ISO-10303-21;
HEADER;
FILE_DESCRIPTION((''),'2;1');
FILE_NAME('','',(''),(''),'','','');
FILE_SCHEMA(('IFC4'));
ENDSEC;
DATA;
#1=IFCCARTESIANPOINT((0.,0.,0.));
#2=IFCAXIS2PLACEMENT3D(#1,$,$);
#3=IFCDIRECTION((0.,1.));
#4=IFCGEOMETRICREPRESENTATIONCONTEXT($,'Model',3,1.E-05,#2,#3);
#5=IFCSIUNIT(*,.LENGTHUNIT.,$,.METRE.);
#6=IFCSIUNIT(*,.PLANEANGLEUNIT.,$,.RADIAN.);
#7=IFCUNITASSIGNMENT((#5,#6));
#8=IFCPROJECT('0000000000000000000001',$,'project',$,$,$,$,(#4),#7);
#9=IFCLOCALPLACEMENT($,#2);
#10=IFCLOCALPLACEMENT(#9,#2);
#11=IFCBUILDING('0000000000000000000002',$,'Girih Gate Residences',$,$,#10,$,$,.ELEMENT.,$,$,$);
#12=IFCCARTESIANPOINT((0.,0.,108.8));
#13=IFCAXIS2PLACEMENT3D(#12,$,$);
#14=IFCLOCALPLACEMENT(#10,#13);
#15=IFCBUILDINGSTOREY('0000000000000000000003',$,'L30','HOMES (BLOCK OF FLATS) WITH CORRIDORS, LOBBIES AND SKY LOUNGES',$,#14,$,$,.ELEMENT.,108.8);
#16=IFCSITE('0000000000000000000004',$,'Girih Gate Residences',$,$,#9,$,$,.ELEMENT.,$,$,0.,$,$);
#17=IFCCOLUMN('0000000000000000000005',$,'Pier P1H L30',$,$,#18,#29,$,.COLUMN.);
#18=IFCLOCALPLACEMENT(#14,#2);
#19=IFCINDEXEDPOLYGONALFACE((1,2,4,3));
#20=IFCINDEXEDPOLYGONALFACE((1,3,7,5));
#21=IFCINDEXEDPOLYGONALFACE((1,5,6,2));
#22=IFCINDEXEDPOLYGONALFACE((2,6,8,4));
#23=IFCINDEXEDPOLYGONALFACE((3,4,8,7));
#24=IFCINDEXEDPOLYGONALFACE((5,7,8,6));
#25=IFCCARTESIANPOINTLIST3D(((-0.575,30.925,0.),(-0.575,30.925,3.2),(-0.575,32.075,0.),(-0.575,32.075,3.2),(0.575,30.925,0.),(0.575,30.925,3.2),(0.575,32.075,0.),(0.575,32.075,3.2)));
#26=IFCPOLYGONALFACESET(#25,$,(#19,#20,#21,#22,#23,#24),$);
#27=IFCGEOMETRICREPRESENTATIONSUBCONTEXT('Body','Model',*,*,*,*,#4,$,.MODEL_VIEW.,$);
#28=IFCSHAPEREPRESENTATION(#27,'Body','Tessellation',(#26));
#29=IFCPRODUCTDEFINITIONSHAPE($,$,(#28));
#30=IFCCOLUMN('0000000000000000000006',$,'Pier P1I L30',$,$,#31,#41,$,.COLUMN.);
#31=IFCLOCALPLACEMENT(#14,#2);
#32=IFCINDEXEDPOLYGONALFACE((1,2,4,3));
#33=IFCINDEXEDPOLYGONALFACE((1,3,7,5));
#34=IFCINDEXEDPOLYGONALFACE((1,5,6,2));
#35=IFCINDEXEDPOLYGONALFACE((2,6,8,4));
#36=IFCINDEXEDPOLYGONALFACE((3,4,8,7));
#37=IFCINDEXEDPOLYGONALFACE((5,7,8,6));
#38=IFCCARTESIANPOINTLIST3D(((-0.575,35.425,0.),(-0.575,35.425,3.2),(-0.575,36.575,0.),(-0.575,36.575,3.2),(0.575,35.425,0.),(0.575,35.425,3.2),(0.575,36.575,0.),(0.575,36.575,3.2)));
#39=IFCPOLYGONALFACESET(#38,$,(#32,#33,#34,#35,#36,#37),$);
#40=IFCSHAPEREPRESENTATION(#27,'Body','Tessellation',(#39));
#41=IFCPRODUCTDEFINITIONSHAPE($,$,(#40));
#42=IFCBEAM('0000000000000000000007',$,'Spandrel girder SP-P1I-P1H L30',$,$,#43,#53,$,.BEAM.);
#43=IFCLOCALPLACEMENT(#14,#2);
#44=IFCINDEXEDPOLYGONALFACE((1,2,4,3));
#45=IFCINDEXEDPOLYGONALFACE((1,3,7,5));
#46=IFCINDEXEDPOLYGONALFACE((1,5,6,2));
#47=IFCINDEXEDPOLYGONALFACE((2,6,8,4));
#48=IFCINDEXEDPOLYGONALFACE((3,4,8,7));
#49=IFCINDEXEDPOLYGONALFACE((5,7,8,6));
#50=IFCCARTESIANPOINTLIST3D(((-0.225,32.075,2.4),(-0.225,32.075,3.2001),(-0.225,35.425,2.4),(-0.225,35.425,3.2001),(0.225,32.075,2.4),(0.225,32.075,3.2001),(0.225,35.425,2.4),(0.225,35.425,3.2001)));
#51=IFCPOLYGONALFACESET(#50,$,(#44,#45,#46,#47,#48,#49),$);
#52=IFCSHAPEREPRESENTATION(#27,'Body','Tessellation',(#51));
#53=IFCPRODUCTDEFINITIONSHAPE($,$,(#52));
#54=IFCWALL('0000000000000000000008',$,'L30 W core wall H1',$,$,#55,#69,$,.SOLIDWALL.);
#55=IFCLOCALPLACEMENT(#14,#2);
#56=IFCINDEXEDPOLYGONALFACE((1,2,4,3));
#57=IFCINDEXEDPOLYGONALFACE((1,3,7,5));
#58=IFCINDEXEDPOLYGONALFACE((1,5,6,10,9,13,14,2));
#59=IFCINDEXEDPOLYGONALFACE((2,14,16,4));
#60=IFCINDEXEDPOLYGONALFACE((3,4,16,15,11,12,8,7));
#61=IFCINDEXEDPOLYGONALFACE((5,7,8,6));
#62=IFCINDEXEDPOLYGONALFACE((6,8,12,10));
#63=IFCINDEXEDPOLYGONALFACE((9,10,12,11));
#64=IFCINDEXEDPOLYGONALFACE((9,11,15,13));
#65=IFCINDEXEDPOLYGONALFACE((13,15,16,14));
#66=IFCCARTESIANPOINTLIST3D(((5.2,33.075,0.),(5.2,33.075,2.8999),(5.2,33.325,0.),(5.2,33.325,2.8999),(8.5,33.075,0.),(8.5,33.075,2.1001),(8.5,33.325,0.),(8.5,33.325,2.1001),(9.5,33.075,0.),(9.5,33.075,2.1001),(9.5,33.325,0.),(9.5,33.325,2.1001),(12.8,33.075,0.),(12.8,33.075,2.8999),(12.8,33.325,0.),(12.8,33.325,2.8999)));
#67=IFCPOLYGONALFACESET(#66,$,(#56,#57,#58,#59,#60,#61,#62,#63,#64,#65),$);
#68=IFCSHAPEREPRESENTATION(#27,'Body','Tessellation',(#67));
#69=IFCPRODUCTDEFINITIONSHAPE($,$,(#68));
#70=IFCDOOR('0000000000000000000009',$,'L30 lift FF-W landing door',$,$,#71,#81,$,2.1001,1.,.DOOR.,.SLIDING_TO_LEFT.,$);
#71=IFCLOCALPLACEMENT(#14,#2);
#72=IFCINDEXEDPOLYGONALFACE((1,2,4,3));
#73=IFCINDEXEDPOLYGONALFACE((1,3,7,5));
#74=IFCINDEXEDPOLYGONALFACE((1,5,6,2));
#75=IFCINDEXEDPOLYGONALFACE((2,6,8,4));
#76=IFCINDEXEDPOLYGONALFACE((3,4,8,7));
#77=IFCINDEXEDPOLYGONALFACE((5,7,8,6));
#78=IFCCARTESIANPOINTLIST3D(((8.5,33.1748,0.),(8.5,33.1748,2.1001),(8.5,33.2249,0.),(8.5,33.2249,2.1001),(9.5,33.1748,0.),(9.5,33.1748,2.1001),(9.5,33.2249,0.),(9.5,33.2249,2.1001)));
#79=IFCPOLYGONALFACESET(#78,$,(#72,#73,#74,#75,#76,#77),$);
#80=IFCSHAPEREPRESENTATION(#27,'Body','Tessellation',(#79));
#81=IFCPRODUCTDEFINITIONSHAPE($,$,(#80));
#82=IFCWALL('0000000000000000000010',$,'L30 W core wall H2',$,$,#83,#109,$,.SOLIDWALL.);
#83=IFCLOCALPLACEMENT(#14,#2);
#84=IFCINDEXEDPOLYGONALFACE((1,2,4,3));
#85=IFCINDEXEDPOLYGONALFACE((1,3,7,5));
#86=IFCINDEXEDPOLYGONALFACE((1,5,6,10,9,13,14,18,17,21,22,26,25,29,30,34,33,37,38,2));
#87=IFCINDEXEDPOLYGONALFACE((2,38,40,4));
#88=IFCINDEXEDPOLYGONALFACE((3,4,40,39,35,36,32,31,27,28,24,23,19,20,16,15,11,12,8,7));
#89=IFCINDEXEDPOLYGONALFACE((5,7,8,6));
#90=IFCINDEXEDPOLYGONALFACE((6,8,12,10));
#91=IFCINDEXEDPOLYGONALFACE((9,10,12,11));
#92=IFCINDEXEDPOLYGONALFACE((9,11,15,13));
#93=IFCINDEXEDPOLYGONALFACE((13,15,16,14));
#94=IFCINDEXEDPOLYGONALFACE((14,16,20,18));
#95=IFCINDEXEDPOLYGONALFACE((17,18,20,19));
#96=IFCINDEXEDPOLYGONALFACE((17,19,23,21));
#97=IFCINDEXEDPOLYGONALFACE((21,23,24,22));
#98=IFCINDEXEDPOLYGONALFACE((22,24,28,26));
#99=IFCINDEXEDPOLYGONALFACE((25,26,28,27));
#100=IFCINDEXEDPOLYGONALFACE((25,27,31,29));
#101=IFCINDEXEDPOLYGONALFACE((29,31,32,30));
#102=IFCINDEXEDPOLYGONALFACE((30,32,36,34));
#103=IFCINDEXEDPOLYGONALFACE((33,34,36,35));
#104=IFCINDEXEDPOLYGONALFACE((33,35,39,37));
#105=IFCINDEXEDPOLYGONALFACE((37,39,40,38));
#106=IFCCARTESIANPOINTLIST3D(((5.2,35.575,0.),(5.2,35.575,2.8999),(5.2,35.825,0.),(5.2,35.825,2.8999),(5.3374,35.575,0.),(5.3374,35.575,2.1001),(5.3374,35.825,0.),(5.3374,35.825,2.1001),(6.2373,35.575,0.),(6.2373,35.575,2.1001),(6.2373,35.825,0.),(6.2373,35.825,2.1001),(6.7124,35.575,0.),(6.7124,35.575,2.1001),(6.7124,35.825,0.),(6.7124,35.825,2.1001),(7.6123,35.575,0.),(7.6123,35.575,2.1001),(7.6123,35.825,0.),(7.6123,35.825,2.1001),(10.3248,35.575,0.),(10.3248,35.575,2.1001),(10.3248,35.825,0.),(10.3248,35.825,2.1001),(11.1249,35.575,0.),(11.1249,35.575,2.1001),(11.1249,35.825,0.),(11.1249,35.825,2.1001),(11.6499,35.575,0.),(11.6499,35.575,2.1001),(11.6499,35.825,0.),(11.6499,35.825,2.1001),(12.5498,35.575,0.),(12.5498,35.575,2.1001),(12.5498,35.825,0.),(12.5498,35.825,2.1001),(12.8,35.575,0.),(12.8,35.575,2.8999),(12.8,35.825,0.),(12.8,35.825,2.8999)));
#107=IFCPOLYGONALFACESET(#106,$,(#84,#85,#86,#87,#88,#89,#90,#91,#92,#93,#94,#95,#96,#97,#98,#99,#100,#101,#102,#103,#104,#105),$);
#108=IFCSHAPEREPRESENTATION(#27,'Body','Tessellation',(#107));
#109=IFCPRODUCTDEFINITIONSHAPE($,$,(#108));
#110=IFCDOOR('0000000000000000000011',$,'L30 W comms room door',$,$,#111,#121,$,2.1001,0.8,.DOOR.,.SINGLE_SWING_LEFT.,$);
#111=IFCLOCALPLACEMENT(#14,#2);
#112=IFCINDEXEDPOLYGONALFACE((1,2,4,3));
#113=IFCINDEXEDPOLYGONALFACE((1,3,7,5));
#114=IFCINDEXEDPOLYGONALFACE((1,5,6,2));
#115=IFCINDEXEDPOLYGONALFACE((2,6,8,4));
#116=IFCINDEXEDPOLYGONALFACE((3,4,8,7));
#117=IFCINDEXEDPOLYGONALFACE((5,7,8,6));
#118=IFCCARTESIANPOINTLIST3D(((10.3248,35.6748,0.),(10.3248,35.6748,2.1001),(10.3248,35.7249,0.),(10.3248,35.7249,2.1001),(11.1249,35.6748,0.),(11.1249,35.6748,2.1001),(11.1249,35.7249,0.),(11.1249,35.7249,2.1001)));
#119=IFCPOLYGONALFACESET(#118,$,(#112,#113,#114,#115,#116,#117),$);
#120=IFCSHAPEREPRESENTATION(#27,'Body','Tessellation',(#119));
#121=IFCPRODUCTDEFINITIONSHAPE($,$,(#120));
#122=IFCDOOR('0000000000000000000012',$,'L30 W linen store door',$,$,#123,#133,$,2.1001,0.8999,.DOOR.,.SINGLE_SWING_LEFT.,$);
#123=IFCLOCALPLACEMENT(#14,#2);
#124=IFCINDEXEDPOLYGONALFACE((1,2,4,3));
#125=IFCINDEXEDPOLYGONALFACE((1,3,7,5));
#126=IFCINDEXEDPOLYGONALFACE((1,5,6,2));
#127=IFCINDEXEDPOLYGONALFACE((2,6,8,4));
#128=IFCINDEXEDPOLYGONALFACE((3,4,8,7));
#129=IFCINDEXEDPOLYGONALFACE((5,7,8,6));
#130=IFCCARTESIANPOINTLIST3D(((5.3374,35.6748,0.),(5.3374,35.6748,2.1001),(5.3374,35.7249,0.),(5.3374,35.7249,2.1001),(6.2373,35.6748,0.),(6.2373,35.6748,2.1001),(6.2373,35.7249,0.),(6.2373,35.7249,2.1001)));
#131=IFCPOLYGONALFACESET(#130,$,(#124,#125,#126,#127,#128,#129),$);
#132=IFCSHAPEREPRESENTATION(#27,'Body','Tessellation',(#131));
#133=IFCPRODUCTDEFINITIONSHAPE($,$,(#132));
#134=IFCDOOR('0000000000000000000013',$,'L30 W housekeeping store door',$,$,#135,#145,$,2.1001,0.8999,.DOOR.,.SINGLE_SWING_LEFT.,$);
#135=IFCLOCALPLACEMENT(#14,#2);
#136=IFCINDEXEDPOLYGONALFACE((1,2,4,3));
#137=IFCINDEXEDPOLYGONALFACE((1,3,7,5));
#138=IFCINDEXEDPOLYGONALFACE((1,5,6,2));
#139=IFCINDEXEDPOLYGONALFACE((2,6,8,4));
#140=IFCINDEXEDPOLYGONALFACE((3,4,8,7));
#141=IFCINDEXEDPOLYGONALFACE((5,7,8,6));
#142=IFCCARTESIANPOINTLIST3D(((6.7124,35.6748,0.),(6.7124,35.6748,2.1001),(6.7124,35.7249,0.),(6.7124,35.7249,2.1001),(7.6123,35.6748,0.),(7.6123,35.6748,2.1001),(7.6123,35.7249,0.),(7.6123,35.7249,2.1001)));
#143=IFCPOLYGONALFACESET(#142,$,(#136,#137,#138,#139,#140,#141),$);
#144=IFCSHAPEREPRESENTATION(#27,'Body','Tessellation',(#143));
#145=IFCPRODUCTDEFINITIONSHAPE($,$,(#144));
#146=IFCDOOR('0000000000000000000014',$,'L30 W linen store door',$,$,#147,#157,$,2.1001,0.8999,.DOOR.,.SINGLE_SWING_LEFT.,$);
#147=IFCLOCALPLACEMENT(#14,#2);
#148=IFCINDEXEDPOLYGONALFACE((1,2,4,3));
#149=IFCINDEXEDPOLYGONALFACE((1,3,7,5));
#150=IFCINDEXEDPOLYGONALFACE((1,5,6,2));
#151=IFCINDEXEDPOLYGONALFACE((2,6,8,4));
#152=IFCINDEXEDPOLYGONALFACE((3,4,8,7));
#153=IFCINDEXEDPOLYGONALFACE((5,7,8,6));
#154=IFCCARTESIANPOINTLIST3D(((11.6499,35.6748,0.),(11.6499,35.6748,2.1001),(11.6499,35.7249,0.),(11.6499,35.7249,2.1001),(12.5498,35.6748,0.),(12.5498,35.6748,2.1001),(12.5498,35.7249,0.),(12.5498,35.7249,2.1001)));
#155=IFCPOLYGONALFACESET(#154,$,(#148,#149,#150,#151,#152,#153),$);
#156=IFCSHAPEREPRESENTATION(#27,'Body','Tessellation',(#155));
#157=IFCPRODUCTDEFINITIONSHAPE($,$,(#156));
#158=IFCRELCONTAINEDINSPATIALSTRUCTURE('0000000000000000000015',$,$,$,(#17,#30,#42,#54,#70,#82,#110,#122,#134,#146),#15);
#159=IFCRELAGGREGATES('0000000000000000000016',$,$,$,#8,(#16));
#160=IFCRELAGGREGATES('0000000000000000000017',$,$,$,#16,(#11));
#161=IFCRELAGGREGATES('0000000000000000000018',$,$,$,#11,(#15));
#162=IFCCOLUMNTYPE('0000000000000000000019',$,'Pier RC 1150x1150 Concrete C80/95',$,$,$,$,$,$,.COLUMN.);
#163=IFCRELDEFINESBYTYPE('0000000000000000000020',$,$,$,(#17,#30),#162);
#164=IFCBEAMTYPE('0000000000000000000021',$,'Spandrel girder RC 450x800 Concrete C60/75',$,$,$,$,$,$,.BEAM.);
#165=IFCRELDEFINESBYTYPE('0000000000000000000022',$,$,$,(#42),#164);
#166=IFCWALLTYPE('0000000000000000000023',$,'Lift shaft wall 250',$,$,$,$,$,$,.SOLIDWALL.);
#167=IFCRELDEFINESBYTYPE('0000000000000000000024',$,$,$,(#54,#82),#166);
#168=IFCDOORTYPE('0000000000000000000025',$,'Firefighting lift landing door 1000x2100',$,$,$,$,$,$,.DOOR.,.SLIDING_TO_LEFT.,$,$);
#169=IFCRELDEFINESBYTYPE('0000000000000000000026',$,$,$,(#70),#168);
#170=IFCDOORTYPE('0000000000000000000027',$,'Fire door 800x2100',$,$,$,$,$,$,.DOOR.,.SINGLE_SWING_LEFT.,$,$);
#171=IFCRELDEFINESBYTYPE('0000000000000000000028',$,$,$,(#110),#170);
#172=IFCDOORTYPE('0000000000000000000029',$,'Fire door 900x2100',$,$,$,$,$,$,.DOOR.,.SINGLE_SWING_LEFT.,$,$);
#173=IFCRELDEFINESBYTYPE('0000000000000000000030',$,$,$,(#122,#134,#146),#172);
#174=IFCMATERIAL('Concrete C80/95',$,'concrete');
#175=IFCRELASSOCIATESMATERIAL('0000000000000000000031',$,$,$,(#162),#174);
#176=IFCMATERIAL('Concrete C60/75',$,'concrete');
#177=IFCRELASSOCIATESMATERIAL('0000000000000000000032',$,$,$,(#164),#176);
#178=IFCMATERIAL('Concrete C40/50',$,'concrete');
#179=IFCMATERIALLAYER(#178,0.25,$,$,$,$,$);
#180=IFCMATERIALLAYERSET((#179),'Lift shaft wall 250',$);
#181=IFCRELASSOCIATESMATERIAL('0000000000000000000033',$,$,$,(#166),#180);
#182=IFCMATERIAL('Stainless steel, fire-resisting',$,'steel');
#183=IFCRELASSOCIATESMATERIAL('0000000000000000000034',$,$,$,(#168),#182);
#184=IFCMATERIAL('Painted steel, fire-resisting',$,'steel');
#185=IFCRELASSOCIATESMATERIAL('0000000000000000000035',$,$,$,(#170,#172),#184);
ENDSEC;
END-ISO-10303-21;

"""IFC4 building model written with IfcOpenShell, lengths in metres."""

from ifc_helpers import new_model, si_unit, direction, frame, frame_2d, origin, origin_2d, place, context, subcontext, project, spatial, rectangle, extrude, material, layer, layer_set, material_profile, profile_set, type_object, element, fill, save


model = new_model("IFC4")

# Units and contexts
model_context = context("Model", 3, precision=1e-05, world=origin(), true_north=direction((0.0, 1.0)))
body_context = subcontext(model_context, "Body", "Model", "MODEL_VIEW")
ifc_project = project(units=[si_unit("LENGTHUNIT", "METRE"), si_unit("PLANEANGLEUNIT", "RADIAN")], contexts=[model_context])

# Site, building, storey
site_placement = place(None, origin())
site = spatial("IfcSite", under=ifc_project, at=site_placement, Name="Girih Gate Residences", CompositionType="ELEMENT", RefElevation=0.0)
building_placement = place(site_placement, origin())
building = spatial("IfcBuilding", under=site, at=building_placement, Name="Girih Gate Residences", CompositionType="ELEMENT")
storey_placement = place(building_placement, frame((0.0, 0.0, 108.8)))
storey = spatial("IfcBuildingStorey", under=building, at=storey_placement, Name="L30", Description="HOMES (BLOCK OF FLATS) WITH CORRIDORS, LOBBIES AND SKY LOUNGES", CompositionType="ELEMENT", Elevation=108.8)

# Columns
ifc_material_1 = material(Name="Concrete C80/95", Category="concrete")
ifc_material_profile_1 = material_profile(ifc_material_1, rectangle(XDim=1.1499, YDim=1.1499, at=origin_2d()))
ifc_profile_set_1 = profile_set([ifc_material_profile_1], Name="Concrete C80/95")
column_type = type_object("IfcColumnType", Name="Pier RC 1150x1150 Concrete C80/95", PredefinedType="COLUMN", material=ifc_profile_set_1)
for number, where, z_axis, x_axis, name in (
    (1, (0.0, 31.5, 0.0), (0.0, 0.0, 1.0), (1.0, 0.0, 0.0), "Pier P1H L30"),
    (2, (0.0, 36.0, 0.0), (0.0, 0.0, 1.0), (1.0, 0.0, 0.0), "Pier P1I L30"),
):
    element("IfcColumn", number, at=place(storey_placement, frame(where, z_axis=z_axis, x_axis=x_axis)), inside=storey, type_object=column_type, Name=name, PredefinedType="COLUMN", context=body_context, shape_type="SweptSolid", body=[
        extrude(rectangle(XDim=1.1499, YDim=1.1499, at=origin_2d()), origin(), (0.0, 0.0, 1.0), 3.2),
    ])

# Beam
ifc_material_2 = material(Name="Concrete C60/75", Category="concrete")
ifc_material_profile_2 = material_profile(ifc_material_2, rectangle(XDim=0.45, YDim=0.8, at=origin_2d()))
ifc_profile_set_2 = profile_set([ifc_material_profile_2], Name="Concrete C60/75")
beam_type = type_object("IfcBeamType", Name="Spandrel girder RC 450x800 Concrete C60/75", PredefinedType="BEAM", material=ifc_profile_set_2)
beam_placement = place(storey_placement, frame((0.0, 35.425, 2.8), z_axis=(0.0, -1.0, 0.0), x_axis=(1.0, 0.0, 0.0)))
element("IfcBeam", 3, at=beam_placement, inside=storey, type_object=beam_type, Name="Spandrel girder SP-P1I-P1H L30", PredefinedType="BEAM", context=body_context, shape_type="SweptSolid", body=[
    extrude(rectangle(XDim=0.45, YDim=0.8, at=origin_2d()), origin(), (0.0, 0.0, 1.0), 3.3501),
])

# Wall, opening, door
ifc_material_3 = material(Name="Concrete C40/50", Category="concrete")
ifc_layer_1 = layer(ifc_material_3, 0.25)
ifc_layer_set_1 = layer_set([ifc_layer_1], Name="Lift shaft wall 250")
wall_type_1 = type_object("IfcWallType", Name="Lift shaft wall 250", PredefinedType="SOLIDWALL", material=ifc_layer_set_1)
wall_1_placement = place(storey_placement, frame((5.2, 33.2, 0.0), z_axis=(0.0, 0.0, 1.0), x_axis=(1.0, 0.0, 0.0)))
wall_1 = element("IfcWall", 4, at=wall_1_placement, inside=storey, type_object=wall_type_1, Name="L30 W core wall H1", PredefinedType="SOLIDWALL", context=body_context, shape_type="SweptSolid", body=[
    extrude(rectangle(XDim=7.6001, YDim=0.25, at=frame_2d((3.8, 0.0))), origin(), (0.0, 0.0, 1.0), 2.8999),
])
opening_1_placement = place(wall_1_placement, frame((3.3, 0.0, 0.0)))
opening_1 = element("IfcOpeningElement", 5, at=opening_1_placement, cuts=wall_1, PredefinedType="OPENING", context=body_context, shape_type="SweptSolid", body=[
    extrude(rectangle(XDim=1.0, YDim=2.1001, at=frame_2d((0.5, 1.05))), frame((0.0, 0.135, 0.0), z_axis=(0.0, -1.0, 0.0), x_axis=(1.0, 0.0, 0.0)), (0.0, 0.0, 1.0), 0.27),
])
ifc_material_4 = material(Name="Stainless steel, fire-resisting", Category="steel")
door_type_1 = type_object("IfcDoorType", Name="Firefighting lift landing door 1000x2100", OperationType="SLIDING_TO_LEFT", PredefinedType="DOOR", material=ifc_material_4)
door_1_placement = place(opening_1_placement, origin())
door_1 = element("IfcDoor", 6, at=door_1_placement, inside=storey, type_object=door_type_1, Name="L30 lift FF-W landing door", OperationType="SLIDING_TO_LEFT", OverallHeight=2.1001, OverallWidth=1.0, PredefinedType="DOOR", context=body_context, shape_type="SweptSolid", body=[
    extrude(rectangle(XDim=1.0, YDim=2.1001, at=frame_2d((0.5, 1.05))), frame((0.0, 0.0249, 0.0), z_axis=(0.0, -1.0, 0.0), x_axis=(1.0, 0.0, 0.0)), (0.0, 0.0, 1.0), 0.05),
])
fill(opening_1, door_1)

# Wall, openings, doors
wall_2_placement = place(storey_placement, frame((5.2, 35.7, 0.0), z_axis=(0.0, 0.0, 1.0), x_axis=(1.0, 0.0, 0.0)))
wall_2 = element("IfcWall", 7, at=wall_2_placement, inside=storey, type_object=wall_type_1, Name="L30 W core wall H2", PredefinedType="SOLIDWALL", context=body_context, shape_type="SweptSolid", body=[
    extrude(rectangle(XDim=7.6001, YDim=0.25, at=frame_2d((3.8, 0.0))), origin(), (0.0, 0.0, 1.0), 2.8999),
])
opening_2_placement = place(wall_2_placement, frame((0.1375, 0.0, 0.0)))
opening_2 = element("IfcOpeningElement", 8, at=opening_2_placement, cuts=wall_2, PredefinedType="OPENING", context=body_context, shape_type="SweptSolid", body=[
    extrude(rectangle(XDim=0.8999, YDim=2.1001, at=frame_2d((0.45, 1.05))), frame((0.0, 0.135, 0.0), z_axis=(0.0, -1.0, 0.0), x_axis=(1.0, 0.0, 0.0)), (0.0, 0.0, 1.0), 0.27),
])
opening_3_placement = place(wall_2_placement, frame((1.5125, 0.0, 0.0)))
opening_3 = element("IfcOpeningElement", 9, at=opening_3_placement, cuts=wall_2, PredefinedType="OPENING", context=body_context, shape_type="SweptSolid", body=[
    extrude(rectangle(XDim=0.8999, YDim=2.1001, at=frame_2d((0.45, 1.05))), frame((0.0, 0.135, 0.0), z_axis=(0.0, -1.0, 0.0), x_axis=(1.0, 0.0, 0.0)), (0.0, 0.0, 1.0), 0.27),
])
opening_4_placement = place(wall_2_placement, frame((5.125, 0.0, 0.0)))
opening_4 = element("IfcOpeningElement", 10, at=opening_4_placement, cuts=wall_2, PredefinedType="OPENING", context=body_context, shape_type="SweptSolid", body=[
    extrude(rectangle(XDim=0.8, YDim=2.1001, at=frame_2d((0.3999, 1.05))), frame((0.0, 0.135, 0.0), z_axis=(0.0, -1.0, 0.0), x_axis=(1.0, 0.0, 0.0)), (0.0, 0.0, 1.0), 0.27),
])
opening_5_placement = place(wall_2_placement, frame((6.45, 0.0, 0.0)))
opening_5 = element("IfcOpeningElement", 11, at=opening_5_placement, cuts=wall_2, PredefinedType="OPENING", context=body_context, shape_type="SweptSolid", body=[
    extrude(rectangle(XDim=0.8999, YDim=2.1001, at=frame_2d((0.45, 1.05))), frame((0.0, 0.135, 0.0), z_axis=(0.0, -1.0, 0.0), x_axis=(1.0, 0.0, 0.0)), (0.0, 0.0, 1.0), 0.27),
])
ifc_material_5 = material(Name="Painted steel, fire-resisting", Category="steel")
door_type_2 = type_object("IfcDoorType", Name="Fire door 800x2100", OperationType="SINGLE_SWING_LEFT", PredefinedType="DOOR", material=ifc_material_5)
door_2_placement = place(opening_4_placement, origin())
door_2 = element("IfcDoor", 12, at=door_2_placement, inside=storey, type_object=door_type_2, Name="L30 W comms room door", OperationType="SINGLE_SWING_LEFT", OverallHeight=2.1001, OverallWidth=0.8, PredefinedType="DOOR", context=body_context, shape_type="SweptSolid", body=[
    extrude(rectangle(XDim=0.8, YDim=2.1001, at=frame_2d((0.3999, 1.05))), frame((0.0, 0.0249, 0.0), z_axis=(0.0, -1.0, 0.0), x_axis=(1.0, 0.0, 0.0)), (0.0, 0.0, 1.0), 0.05),
])
fill(opening_4, door_2)
door_type_3 = type_object("IfcDoorType", Name="Fire door 900x2100", OperationType="SINGLE_SWING_LEFT", PredefinedType="DOOR", material=ifc_material_5)
door_3_placement = place(opening_2_placement, origin())
door_3 = element("IfcDoor", 13, at=door_3_placement, inside=storey, type_object=door_type_3, Name="L30 W linen store door", OperationType="SINGLE_SWING_LEFT", OverallHeight=2.1001, OverallWidth=0.8999, PredefinedType="DOOR", context=body_context, shape_type="SweptSolid", body=[
    extrude(rectangle(XDim=0.8999, YDim=2.1001, at=frame_2d((0.45, 1.05))), frame((0.0, 0.0249, 0.0), z_axis=(0.0, -1.0, 0.0), x_axis=(1.0, 0.0, 0.0)), (0.0, 0.0, 1.0), 0.05),
])
fill(opening_2, door_3)
door_4_placement = place(opening_3_placement, origin())
door_4 = element("IfcDoor", 14, at=door_4_placement, inside=storey, type_object=door_type_3, Name="L30 W housekeeping store door", OperationType="SINGLE_SWING_LEFT", OverallHeight=2.1001, OverallWidth=0.8999, PredefinedType="DOOR", context=body_context, shape_type="SweptSolid", body=[
    extrude(rectangle(XDim=0.8999, YDim=2.1001, at=frame_2d((0.45, 1.05))), frame((0.0, 0.0249, 0.0), z_axis=(0.0, -1.0, 0.0), x_axis=(1.0, 0.0, 0.0)), (0.0, 0.0, 1.0), 0.05),
])
fill(opening_3, door_4)
door_5_placement = place(opening_5_placement, origin())
door_5 = element("IfcDoor", 15, at=door_5_placement, inside=storey, type_object=door_type_3, Name="L30 W linen store door", OperationType="SINGLE_SWING_LEFT", OverallHeight=2.1001, OverallWidth=0.8999, PredefinedType="DOOR", context=body_context, shape_type="SweptSolid", body=[
    extrude(rectangle(XDim=0.8999, YDim=2.1001, at=frame_2d((0.45, 1.05))), frame((0.0, 0.0249, 0.0), z_axis=(0.0, -1.0, 0.0), x_axis=(1.0, 0.0, 0.0)), (0.0, 0.0, 1.0), 0.05),
])
fill(opening_5, door_5)

save(model, "model.ifc")
